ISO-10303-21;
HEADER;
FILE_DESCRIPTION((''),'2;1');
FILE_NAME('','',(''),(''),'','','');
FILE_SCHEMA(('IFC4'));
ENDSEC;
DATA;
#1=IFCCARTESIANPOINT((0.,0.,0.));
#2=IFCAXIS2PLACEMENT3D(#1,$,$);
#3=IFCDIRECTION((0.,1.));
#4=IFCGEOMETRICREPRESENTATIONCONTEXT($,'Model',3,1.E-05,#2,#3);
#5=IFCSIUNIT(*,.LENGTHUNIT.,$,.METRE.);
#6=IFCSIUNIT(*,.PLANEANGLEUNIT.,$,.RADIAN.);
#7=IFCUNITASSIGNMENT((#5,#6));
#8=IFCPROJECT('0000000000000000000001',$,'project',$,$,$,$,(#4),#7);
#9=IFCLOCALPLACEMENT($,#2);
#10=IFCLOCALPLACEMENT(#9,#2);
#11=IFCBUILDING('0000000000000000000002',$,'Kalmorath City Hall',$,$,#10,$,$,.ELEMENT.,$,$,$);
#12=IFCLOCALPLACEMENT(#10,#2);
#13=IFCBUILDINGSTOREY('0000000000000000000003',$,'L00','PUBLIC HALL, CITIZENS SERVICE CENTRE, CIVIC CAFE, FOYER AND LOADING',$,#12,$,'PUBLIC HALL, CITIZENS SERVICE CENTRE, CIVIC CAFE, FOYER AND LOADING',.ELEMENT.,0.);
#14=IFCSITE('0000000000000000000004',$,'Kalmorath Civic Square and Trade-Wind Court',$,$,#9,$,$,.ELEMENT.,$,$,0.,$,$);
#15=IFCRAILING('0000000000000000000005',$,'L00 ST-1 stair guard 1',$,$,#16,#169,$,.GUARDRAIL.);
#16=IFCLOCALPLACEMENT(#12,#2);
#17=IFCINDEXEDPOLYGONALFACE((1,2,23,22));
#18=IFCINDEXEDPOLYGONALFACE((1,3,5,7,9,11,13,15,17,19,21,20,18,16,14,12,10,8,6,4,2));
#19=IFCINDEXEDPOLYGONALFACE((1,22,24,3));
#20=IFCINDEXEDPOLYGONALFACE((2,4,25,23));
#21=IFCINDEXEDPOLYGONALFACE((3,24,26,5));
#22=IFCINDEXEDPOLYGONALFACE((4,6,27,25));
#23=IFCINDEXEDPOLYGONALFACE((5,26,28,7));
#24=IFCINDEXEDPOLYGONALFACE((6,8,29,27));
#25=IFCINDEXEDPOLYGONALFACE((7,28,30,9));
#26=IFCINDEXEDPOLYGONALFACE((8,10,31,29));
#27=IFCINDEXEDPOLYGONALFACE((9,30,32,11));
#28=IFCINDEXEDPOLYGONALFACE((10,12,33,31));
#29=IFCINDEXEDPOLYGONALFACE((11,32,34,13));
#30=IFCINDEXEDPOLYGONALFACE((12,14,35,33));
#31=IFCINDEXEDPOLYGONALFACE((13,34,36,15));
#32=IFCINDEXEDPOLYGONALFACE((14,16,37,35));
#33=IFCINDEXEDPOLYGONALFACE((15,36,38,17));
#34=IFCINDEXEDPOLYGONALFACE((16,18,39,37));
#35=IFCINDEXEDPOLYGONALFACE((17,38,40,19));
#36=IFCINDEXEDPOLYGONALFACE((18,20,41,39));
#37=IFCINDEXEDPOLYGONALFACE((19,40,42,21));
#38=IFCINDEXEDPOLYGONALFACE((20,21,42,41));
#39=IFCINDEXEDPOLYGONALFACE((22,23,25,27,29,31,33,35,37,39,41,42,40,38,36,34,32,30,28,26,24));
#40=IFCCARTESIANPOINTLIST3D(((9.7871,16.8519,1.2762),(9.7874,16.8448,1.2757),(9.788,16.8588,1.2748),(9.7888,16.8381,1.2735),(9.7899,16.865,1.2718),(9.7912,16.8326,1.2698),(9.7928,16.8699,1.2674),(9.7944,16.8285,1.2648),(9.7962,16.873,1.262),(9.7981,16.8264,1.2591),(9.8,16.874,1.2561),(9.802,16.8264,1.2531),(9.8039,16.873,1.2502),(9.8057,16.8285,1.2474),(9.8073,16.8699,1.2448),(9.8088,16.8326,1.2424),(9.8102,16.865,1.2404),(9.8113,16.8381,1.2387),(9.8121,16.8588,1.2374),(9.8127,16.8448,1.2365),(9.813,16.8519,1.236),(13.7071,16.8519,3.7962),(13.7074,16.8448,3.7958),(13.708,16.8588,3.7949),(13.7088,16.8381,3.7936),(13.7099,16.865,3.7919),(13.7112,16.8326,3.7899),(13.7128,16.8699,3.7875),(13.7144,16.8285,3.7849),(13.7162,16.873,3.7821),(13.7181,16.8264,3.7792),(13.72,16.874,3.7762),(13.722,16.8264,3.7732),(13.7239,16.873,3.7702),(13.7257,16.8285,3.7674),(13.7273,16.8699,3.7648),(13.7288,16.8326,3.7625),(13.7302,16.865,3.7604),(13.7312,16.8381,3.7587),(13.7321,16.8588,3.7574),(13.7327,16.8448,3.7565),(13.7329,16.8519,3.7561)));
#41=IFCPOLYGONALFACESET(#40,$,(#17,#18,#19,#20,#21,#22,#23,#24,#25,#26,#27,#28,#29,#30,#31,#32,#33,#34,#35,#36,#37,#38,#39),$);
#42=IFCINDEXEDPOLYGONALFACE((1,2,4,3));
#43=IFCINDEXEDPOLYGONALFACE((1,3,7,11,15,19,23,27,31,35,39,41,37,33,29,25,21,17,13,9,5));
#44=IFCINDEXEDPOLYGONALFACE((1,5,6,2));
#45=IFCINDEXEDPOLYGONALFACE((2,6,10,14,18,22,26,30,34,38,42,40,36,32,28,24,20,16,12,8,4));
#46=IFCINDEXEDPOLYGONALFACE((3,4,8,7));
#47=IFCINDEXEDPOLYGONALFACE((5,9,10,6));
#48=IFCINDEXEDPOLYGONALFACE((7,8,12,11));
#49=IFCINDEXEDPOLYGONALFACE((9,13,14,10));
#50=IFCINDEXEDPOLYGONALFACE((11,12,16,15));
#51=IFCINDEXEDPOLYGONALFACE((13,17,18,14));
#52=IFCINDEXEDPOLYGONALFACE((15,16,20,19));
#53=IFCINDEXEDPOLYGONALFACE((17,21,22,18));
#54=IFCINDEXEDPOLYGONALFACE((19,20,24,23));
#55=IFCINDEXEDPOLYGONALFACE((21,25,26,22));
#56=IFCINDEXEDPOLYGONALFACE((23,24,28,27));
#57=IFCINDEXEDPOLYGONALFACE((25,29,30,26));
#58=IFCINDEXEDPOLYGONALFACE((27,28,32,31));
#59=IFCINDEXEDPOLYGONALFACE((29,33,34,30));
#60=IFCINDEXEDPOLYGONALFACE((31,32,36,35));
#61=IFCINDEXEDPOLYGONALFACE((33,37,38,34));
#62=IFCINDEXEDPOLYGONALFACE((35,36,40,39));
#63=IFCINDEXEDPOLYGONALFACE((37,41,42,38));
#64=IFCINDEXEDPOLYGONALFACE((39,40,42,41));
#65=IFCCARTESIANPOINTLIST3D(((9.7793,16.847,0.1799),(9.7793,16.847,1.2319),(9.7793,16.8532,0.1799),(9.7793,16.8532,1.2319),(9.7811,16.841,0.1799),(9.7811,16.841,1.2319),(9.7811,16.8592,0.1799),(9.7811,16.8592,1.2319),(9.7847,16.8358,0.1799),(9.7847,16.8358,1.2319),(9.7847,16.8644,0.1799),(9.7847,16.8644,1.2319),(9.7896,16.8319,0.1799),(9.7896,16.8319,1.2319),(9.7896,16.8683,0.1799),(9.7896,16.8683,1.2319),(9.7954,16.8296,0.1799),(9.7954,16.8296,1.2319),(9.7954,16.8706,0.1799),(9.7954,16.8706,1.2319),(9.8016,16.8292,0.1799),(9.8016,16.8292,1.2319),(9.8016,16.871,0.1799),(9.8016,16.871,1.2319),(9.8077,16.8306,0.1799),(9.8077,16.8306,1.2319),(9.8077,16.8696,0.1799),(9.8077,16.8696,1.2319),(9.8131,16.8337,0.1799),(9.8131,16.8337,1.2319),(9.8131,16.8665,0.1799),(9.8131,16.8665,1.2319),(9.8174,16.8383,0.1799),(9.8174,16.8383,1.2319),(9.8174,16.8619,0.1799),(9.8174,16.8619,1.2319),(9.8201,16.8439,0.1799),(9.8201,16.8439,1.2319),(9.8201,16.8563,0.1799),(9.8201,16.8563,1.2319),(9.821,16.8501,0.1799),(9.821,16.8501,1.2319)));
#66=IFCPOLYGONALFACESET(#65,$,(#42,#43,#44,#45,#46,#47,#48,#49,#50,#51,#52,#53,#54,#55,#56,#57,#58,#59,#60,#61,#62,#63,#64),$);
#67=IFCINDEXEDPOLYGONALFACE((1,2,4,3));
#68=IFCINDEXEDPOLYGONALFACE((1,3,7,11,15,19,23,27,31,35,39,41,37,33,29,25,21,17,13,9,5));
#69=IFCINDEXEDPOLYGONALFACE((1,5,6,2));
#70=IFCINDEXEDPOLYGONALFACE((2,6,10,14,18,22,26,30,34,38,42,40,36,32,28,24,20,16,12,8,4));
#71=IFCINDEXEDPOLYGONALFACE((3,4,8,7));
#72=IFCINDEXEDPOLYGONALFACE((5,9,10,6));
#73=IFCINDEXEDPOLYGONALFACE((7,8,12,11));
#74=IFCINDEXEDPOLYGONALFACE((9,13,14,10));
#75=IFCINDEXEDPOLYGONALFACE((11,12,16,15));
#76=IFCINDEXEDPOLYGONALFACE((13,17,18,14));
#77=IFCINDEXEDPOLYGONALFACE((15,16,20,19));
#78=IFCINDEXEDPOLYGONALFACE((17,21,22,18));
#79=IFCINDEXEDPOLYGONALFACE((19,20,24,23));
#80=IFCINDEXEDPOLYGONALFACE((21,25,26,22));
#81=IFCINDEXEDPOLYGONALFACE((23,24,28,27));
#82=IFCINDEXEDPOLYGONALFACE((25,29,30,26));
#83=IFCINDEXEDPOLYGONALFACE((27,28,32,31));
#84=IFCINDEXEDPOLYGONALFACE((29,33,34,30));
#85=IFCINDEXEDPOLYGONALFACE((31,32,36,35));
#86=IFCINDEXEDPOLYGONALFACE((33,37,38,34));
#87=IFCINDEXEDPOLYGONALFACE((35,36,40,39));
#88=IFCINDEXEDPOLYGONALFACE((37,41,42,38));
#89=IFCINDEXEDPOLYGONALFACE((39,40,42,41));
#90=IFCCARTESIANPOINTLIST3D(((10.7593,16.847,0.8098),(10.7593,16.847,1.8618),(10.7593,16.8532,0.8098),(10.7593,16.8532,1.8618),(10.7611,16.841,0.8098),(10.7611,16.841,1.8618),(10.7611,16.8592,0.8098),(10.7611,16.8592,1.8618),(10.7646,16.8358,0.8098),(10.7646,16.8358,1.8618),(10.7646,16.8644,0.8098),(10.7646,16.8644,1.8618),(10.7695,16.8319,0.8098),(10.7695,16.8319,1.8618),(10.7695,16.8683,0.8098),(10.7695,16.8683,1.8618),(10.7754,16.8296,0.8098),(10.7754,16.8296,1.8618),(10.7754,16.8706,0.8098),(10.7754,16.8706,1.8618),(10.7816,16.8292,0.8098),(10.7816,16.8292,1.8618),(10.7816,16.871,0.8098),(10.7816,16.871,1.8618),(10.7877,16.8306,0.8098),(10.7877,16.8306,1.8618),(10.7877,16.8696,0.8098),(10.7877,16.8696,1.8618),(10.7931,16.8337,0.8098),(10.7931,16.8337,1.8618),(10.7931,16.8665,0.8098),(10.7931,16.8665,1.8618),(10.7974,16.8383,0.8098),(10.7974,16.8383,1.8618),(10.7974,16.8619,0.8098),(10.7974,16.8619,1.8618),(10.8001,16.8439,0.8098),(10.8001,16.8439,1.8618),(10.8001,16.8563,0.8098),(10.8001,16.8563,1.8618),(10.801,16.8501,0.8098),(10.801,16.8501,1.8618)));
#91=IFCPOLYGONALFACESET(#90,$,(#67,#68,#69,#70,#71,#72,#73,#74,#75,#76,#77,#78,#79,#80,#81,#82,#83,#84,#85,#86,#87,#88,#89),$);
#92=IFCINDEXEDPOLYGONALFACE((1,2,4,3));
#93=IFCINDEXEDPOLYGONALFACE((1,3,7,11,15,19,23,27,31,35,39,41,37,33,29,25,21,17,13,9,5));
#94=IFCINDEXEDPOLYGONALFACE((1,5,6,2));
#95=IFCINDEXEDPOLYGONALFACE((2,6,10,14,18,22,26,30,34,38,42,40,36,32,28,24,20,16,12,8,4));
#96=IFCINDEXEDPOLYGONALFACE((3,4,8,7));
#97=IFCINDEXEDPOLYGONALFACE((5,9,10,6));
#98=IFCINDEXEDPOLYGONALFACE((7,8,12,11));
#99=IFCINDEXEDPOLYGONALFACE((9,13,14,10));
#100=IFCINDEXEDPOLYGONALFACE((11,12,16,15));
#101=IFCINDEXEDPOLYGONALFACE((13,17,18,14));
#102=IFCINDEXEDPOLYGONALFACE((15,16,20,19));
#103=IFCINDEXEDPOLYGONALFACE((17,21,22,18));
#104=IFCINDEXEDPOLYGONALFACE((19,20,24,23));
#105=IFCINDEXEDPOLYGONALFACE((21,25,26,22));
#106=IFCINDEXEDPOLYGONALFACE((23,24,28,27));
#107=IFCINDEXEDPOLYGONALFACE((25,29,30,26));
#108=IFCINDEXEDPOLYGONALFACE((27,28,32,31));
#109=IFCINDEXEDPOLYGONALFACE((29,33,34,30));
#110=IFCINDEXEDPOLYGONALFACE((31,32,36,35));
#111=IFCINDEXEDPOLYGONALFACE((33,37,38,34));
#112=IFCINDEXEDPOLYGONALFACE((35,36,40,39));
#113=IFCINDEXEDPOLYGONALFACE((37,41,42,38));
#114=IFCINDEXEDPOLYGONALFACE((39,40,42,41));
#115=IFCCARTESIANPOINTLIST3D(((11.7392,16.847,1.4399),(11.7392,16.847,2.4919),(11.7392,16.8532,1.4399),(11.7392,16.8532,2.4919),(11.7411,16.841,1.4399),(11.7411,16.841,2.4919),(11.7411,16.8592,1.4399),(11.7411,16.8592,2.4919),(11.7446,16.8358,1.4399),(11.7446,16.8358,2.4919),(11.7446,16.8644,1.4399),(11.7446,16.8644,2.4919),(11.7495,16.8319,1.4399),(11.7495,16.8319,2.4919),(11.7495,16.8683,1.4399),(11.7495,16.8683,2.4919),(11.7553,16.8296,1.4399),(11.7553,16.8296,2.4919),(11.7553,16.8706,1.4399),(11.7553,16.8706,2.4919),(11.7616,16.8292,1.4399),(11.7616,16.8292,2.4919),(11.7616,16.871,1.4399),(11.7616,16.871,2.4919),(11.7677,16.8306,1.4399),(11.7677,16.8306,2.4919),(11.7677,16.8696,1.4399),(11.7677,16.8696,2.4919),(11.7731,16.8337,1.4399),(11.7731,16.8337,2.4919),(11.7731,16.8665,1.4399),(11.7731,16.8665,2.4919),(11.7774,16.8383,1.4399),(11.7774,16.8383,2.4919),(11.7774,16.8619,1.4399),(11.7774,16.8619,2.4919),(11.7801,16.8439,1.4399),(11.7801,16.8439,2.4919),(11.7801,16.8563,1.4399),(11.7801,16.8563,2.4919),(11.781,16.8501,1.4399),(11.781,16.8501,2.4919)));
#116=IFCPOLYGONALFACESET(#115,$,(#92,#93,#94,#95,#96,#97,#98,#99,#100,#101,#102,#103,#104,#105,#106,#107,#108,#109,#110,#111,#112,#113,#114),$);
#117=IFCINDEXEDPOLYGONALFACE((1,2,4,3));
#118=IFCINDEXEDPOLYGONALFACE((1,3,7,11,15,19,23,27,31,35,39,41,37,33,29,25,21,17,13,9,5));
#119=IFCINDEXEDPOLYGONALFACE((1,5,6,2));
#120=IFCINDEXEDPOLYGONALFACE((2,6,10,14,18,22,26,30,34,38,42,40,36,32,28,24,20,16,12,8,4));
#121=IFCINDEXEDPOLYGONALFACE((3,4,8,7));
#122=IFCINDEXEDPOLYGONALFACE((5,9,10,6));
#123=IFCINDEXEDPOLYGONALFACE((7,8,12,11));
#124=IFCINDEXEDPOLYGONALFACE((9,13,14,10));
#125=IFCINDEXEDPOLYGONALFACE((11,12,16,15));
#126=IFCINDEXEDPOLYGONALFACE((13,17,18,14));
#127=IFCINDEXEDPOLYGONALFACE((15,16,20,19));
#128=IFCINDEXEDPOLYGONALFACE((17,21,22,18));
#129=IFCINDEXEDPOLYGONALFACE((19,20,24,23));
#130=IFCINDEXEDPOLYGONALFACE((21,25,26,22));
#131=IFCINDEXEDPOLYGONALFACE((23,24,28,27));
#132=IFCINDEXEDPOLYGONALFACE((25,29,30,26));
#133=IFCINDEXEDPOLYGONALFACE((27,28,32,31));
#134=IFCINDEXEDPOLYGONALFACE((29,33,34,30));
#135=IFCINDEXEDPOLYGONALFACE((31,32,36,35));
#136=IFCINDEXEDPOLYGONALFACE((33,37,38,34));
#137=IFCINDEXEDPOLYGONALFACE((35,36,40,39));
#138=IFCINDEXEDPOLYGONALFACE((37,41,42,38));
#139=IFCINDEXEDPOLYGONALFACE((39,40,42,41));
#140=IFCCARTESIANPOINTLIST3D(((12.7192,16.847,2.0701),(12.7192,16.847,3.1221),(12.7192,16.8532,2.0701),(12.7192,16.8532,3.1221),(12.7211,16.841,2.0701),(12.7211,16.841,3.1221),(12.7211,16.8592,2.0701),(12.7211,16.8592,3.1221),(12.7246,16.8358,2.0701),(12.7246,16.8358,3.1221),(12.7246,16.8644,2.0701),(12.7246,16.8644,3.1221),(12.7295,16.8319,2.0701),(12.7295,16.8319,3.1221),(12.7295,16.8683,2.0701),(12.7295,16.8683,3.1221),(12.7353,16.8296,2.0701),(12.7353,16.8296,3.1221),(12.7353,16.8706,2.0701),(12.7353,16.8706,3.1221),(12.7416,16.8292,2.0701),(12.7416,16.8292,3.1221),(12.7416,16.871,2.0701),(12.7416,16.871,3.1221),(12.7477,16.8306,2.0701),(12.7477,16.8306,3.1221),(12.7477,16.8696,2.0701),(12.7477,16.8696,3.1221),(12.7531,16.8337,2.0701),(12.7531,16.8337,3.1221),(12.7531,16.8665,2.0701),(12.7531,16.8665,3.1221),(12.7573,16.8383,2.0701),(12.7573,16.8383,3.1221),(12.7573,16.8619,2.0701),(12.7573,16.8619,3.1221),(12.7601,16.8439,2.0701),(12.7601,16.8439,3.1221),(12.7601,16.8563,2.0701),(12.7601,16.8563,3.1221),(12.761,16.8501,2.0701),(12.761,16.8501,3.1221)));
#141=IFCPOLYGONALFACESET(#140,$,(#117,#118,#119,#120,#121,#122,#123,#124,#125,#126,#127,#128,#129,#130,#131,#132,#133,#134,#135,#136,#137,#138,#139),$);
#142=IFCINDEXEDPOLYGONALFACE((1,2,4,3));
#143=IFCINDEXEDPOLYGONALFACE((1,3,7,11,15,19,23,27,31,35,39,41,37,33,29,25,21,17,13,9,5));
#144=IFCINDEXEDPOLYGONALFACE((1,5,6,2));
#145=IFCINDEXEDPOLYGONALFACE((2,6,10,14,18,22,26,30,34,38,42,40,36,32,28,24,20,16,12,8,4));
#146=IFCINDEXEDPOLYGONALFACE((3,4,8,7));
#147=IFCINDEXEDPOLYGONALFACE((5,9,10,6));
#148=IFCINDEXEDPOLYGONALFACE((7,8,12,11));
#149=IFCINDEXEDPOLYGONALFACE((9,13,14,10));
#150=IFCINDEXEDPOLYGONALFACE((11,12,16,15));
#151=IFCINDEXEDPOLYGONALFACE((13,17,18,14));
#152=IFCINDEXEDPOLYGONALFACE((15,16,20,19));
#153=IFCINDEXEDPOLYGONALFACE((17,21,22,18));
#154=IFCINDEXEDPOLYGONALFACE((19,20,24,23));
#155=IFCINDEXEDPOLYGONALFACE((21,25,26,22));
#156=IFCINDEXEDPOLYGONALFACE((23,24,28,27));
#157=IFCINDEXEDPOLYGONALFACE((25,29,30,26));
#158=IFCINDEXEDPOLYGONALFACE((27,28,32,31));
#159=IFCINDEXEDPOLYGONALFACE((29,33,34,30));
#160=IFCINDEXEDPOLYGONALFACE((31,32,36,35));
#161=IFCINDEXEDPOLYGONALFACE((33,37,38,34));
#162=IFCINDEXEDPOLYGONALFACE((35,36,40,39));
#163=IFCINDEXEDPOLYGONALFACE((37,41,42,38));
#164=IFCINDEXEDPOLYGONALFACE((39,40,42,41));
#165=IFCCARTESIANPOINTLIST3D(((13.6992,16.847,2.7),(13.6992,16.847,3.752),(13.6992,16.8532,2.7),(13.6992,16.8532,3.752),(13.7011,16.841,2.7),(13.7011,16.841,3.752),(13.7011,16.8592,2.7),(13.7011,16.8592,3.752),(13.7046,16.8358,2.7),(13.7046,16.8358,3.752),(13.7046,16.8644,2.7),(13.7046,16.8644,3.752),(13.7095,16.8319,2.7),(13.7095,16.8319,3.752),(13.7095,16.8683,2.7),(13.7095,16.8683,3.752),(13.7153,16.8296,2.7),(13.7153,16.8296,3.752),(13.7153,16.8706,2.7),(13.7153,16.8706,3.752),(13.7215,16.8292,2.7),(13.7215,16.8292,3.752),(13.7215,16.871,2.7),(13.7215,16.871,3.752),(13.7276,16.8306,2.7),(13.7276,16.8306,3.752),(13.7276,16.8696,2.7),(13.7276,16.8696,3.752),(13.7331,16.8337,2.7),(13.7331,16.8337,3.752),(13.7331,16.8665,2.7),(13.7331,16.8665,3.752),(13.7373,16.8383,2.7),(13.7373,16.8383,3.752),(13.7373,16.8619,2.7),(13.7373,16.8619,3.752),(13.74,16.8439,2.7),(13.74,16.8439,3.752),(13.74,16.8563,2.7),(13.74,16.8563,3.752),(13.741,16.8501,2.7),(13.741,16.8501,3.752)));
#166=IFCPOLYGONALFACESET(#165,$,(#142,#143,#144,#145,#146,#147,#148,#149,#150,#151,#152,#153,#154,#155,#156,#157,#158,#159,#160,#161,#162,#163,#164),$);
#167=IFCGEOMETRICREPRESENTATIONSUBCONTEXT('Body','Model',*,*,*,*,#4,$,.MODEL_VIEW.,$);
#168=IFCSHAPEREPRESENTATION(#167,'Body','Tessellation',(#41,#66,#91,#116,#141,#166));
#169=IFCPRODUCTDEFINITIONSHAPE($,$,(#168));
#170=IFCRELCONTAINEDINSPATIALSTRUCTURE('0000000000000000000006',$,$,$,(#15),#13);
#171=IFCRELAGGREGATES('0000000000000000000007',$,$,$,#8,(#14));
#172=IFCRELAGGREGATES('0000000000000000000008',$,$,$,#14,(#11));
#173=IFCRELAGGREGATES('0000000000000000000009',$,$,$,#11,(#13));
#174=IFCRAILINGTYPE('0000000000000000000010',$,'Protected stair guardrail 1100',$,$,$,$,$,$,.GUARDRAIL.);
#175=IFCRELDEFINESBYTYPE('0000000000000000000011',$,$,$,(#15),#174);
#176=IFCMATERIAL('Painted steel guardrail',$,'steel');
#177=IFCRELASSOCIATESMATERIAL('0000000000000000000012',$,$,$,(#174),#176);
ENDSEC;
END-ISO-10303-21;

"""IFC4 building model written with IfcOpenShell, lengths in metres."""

from ifc_helpers import new_model, si_unit, direction, frame, origin, origin_2d, place, context, subcontext, project, spatial, circle, extrude, material, type_object, element, save


model = new_model("IFC4")

# Units and contexts
model_context = context("Model", 3, precision=1e-05, world=origin(), true_north=direction((0.0, 1.0)))
body_context = subcontext(model_context, "Body", "Model", "MODEL_VIEW")
ifc_project = project(units=[si_unit("LENGTHUNIT", "METRE"), si_unit("PLANEANGLEUNIT", "RADIAN")], contexts=[model_context])

# Site, building, storey
site_placement = place(None, origin())
site = spatial("IfcSite", under=ifc_project, at=site_placement, Name="Kalmorath Civic Square and Trade-Wind Court", CompositionType="ELEMENT", RefElevation=0.0)
building_placement = place(site_placement, origin())
building = spatial("IfcBuilding", under=site, at=building_placement, Name="Kalmorath City Hall", CompositionType="ELEMENT")
storey_placement = place(building_placement, origin())
storey = spatial("IfcBuildingStorey", under=building, at=storey_placement, Name="L00", Description="PUBLIC HALL, CITIZENS SERVICE CENTRE, CIVIC CAFE, FOYER AND LOADING", LongName="PUBLIC HALL, CITIZENS SERVICE CENTRE, CIVIC CAFE, FOYER AND LOADING", CompositionType="ELEMENT", Elevation=0.0)

# Railing
ifc_material_1 = material(Name="Painted steel guardrail", Category="steel")
railing_type_1 = type_object("IfcRailingType", Name="Protected stair guardrail 1100", PredefinedType="GUARDRAIL", material=ifc_material_1)
railing_1_placement = place(storey_placement, frame((9.8, 16.8501, 0.1799)))
element("IfcRailing", 1, at=railing_1_placement, inside=storey, type_object=railing_type_1, Name="L00 ST-1 stair guard 1", PredefinedType="GUARDRAIL", context=body_context, shape_type="SweptSolid", body=[
    extrude(circle(Radius=0.0239, at=origin_2d()), frame((0.0, 0.0, 1.0762), z_axis=(0.841172, 0.0, 0.540768), x_axis=(0.0, 1.0, 0.0)), (0.0, 0.0, 1.0), 4.6602),
    extrude(circle(Radius=0.021, at=origin_2d()), origin(), (0.0, 0.0, 1.0), 1.052),
    extrude(circle(Radius=0.021, at=origin_2d()), frame((0.98, 0.0, 0.6299)), (0.0, 0.0, 1.0), 1.052),
    extrude(circle(Radius=0.021, at=origin_2d()), frame((1.96, 0.0, 1.26)), (0.0, 0.0, 1.0), 1.052),
    extrude(circle(Radius=0.021, at=origin_2d()), frame((2.9399, 0.0, 1.8901)), (0.0, 0.0, 1.0), 1.052),
    extrude(circle(Radius=0.021, at=origin_2d()), frame((3.9199, 0.0, 2.52)), (0.0, 0.0, 1.0), 1.052),
])

save(model, "model.ifc")
